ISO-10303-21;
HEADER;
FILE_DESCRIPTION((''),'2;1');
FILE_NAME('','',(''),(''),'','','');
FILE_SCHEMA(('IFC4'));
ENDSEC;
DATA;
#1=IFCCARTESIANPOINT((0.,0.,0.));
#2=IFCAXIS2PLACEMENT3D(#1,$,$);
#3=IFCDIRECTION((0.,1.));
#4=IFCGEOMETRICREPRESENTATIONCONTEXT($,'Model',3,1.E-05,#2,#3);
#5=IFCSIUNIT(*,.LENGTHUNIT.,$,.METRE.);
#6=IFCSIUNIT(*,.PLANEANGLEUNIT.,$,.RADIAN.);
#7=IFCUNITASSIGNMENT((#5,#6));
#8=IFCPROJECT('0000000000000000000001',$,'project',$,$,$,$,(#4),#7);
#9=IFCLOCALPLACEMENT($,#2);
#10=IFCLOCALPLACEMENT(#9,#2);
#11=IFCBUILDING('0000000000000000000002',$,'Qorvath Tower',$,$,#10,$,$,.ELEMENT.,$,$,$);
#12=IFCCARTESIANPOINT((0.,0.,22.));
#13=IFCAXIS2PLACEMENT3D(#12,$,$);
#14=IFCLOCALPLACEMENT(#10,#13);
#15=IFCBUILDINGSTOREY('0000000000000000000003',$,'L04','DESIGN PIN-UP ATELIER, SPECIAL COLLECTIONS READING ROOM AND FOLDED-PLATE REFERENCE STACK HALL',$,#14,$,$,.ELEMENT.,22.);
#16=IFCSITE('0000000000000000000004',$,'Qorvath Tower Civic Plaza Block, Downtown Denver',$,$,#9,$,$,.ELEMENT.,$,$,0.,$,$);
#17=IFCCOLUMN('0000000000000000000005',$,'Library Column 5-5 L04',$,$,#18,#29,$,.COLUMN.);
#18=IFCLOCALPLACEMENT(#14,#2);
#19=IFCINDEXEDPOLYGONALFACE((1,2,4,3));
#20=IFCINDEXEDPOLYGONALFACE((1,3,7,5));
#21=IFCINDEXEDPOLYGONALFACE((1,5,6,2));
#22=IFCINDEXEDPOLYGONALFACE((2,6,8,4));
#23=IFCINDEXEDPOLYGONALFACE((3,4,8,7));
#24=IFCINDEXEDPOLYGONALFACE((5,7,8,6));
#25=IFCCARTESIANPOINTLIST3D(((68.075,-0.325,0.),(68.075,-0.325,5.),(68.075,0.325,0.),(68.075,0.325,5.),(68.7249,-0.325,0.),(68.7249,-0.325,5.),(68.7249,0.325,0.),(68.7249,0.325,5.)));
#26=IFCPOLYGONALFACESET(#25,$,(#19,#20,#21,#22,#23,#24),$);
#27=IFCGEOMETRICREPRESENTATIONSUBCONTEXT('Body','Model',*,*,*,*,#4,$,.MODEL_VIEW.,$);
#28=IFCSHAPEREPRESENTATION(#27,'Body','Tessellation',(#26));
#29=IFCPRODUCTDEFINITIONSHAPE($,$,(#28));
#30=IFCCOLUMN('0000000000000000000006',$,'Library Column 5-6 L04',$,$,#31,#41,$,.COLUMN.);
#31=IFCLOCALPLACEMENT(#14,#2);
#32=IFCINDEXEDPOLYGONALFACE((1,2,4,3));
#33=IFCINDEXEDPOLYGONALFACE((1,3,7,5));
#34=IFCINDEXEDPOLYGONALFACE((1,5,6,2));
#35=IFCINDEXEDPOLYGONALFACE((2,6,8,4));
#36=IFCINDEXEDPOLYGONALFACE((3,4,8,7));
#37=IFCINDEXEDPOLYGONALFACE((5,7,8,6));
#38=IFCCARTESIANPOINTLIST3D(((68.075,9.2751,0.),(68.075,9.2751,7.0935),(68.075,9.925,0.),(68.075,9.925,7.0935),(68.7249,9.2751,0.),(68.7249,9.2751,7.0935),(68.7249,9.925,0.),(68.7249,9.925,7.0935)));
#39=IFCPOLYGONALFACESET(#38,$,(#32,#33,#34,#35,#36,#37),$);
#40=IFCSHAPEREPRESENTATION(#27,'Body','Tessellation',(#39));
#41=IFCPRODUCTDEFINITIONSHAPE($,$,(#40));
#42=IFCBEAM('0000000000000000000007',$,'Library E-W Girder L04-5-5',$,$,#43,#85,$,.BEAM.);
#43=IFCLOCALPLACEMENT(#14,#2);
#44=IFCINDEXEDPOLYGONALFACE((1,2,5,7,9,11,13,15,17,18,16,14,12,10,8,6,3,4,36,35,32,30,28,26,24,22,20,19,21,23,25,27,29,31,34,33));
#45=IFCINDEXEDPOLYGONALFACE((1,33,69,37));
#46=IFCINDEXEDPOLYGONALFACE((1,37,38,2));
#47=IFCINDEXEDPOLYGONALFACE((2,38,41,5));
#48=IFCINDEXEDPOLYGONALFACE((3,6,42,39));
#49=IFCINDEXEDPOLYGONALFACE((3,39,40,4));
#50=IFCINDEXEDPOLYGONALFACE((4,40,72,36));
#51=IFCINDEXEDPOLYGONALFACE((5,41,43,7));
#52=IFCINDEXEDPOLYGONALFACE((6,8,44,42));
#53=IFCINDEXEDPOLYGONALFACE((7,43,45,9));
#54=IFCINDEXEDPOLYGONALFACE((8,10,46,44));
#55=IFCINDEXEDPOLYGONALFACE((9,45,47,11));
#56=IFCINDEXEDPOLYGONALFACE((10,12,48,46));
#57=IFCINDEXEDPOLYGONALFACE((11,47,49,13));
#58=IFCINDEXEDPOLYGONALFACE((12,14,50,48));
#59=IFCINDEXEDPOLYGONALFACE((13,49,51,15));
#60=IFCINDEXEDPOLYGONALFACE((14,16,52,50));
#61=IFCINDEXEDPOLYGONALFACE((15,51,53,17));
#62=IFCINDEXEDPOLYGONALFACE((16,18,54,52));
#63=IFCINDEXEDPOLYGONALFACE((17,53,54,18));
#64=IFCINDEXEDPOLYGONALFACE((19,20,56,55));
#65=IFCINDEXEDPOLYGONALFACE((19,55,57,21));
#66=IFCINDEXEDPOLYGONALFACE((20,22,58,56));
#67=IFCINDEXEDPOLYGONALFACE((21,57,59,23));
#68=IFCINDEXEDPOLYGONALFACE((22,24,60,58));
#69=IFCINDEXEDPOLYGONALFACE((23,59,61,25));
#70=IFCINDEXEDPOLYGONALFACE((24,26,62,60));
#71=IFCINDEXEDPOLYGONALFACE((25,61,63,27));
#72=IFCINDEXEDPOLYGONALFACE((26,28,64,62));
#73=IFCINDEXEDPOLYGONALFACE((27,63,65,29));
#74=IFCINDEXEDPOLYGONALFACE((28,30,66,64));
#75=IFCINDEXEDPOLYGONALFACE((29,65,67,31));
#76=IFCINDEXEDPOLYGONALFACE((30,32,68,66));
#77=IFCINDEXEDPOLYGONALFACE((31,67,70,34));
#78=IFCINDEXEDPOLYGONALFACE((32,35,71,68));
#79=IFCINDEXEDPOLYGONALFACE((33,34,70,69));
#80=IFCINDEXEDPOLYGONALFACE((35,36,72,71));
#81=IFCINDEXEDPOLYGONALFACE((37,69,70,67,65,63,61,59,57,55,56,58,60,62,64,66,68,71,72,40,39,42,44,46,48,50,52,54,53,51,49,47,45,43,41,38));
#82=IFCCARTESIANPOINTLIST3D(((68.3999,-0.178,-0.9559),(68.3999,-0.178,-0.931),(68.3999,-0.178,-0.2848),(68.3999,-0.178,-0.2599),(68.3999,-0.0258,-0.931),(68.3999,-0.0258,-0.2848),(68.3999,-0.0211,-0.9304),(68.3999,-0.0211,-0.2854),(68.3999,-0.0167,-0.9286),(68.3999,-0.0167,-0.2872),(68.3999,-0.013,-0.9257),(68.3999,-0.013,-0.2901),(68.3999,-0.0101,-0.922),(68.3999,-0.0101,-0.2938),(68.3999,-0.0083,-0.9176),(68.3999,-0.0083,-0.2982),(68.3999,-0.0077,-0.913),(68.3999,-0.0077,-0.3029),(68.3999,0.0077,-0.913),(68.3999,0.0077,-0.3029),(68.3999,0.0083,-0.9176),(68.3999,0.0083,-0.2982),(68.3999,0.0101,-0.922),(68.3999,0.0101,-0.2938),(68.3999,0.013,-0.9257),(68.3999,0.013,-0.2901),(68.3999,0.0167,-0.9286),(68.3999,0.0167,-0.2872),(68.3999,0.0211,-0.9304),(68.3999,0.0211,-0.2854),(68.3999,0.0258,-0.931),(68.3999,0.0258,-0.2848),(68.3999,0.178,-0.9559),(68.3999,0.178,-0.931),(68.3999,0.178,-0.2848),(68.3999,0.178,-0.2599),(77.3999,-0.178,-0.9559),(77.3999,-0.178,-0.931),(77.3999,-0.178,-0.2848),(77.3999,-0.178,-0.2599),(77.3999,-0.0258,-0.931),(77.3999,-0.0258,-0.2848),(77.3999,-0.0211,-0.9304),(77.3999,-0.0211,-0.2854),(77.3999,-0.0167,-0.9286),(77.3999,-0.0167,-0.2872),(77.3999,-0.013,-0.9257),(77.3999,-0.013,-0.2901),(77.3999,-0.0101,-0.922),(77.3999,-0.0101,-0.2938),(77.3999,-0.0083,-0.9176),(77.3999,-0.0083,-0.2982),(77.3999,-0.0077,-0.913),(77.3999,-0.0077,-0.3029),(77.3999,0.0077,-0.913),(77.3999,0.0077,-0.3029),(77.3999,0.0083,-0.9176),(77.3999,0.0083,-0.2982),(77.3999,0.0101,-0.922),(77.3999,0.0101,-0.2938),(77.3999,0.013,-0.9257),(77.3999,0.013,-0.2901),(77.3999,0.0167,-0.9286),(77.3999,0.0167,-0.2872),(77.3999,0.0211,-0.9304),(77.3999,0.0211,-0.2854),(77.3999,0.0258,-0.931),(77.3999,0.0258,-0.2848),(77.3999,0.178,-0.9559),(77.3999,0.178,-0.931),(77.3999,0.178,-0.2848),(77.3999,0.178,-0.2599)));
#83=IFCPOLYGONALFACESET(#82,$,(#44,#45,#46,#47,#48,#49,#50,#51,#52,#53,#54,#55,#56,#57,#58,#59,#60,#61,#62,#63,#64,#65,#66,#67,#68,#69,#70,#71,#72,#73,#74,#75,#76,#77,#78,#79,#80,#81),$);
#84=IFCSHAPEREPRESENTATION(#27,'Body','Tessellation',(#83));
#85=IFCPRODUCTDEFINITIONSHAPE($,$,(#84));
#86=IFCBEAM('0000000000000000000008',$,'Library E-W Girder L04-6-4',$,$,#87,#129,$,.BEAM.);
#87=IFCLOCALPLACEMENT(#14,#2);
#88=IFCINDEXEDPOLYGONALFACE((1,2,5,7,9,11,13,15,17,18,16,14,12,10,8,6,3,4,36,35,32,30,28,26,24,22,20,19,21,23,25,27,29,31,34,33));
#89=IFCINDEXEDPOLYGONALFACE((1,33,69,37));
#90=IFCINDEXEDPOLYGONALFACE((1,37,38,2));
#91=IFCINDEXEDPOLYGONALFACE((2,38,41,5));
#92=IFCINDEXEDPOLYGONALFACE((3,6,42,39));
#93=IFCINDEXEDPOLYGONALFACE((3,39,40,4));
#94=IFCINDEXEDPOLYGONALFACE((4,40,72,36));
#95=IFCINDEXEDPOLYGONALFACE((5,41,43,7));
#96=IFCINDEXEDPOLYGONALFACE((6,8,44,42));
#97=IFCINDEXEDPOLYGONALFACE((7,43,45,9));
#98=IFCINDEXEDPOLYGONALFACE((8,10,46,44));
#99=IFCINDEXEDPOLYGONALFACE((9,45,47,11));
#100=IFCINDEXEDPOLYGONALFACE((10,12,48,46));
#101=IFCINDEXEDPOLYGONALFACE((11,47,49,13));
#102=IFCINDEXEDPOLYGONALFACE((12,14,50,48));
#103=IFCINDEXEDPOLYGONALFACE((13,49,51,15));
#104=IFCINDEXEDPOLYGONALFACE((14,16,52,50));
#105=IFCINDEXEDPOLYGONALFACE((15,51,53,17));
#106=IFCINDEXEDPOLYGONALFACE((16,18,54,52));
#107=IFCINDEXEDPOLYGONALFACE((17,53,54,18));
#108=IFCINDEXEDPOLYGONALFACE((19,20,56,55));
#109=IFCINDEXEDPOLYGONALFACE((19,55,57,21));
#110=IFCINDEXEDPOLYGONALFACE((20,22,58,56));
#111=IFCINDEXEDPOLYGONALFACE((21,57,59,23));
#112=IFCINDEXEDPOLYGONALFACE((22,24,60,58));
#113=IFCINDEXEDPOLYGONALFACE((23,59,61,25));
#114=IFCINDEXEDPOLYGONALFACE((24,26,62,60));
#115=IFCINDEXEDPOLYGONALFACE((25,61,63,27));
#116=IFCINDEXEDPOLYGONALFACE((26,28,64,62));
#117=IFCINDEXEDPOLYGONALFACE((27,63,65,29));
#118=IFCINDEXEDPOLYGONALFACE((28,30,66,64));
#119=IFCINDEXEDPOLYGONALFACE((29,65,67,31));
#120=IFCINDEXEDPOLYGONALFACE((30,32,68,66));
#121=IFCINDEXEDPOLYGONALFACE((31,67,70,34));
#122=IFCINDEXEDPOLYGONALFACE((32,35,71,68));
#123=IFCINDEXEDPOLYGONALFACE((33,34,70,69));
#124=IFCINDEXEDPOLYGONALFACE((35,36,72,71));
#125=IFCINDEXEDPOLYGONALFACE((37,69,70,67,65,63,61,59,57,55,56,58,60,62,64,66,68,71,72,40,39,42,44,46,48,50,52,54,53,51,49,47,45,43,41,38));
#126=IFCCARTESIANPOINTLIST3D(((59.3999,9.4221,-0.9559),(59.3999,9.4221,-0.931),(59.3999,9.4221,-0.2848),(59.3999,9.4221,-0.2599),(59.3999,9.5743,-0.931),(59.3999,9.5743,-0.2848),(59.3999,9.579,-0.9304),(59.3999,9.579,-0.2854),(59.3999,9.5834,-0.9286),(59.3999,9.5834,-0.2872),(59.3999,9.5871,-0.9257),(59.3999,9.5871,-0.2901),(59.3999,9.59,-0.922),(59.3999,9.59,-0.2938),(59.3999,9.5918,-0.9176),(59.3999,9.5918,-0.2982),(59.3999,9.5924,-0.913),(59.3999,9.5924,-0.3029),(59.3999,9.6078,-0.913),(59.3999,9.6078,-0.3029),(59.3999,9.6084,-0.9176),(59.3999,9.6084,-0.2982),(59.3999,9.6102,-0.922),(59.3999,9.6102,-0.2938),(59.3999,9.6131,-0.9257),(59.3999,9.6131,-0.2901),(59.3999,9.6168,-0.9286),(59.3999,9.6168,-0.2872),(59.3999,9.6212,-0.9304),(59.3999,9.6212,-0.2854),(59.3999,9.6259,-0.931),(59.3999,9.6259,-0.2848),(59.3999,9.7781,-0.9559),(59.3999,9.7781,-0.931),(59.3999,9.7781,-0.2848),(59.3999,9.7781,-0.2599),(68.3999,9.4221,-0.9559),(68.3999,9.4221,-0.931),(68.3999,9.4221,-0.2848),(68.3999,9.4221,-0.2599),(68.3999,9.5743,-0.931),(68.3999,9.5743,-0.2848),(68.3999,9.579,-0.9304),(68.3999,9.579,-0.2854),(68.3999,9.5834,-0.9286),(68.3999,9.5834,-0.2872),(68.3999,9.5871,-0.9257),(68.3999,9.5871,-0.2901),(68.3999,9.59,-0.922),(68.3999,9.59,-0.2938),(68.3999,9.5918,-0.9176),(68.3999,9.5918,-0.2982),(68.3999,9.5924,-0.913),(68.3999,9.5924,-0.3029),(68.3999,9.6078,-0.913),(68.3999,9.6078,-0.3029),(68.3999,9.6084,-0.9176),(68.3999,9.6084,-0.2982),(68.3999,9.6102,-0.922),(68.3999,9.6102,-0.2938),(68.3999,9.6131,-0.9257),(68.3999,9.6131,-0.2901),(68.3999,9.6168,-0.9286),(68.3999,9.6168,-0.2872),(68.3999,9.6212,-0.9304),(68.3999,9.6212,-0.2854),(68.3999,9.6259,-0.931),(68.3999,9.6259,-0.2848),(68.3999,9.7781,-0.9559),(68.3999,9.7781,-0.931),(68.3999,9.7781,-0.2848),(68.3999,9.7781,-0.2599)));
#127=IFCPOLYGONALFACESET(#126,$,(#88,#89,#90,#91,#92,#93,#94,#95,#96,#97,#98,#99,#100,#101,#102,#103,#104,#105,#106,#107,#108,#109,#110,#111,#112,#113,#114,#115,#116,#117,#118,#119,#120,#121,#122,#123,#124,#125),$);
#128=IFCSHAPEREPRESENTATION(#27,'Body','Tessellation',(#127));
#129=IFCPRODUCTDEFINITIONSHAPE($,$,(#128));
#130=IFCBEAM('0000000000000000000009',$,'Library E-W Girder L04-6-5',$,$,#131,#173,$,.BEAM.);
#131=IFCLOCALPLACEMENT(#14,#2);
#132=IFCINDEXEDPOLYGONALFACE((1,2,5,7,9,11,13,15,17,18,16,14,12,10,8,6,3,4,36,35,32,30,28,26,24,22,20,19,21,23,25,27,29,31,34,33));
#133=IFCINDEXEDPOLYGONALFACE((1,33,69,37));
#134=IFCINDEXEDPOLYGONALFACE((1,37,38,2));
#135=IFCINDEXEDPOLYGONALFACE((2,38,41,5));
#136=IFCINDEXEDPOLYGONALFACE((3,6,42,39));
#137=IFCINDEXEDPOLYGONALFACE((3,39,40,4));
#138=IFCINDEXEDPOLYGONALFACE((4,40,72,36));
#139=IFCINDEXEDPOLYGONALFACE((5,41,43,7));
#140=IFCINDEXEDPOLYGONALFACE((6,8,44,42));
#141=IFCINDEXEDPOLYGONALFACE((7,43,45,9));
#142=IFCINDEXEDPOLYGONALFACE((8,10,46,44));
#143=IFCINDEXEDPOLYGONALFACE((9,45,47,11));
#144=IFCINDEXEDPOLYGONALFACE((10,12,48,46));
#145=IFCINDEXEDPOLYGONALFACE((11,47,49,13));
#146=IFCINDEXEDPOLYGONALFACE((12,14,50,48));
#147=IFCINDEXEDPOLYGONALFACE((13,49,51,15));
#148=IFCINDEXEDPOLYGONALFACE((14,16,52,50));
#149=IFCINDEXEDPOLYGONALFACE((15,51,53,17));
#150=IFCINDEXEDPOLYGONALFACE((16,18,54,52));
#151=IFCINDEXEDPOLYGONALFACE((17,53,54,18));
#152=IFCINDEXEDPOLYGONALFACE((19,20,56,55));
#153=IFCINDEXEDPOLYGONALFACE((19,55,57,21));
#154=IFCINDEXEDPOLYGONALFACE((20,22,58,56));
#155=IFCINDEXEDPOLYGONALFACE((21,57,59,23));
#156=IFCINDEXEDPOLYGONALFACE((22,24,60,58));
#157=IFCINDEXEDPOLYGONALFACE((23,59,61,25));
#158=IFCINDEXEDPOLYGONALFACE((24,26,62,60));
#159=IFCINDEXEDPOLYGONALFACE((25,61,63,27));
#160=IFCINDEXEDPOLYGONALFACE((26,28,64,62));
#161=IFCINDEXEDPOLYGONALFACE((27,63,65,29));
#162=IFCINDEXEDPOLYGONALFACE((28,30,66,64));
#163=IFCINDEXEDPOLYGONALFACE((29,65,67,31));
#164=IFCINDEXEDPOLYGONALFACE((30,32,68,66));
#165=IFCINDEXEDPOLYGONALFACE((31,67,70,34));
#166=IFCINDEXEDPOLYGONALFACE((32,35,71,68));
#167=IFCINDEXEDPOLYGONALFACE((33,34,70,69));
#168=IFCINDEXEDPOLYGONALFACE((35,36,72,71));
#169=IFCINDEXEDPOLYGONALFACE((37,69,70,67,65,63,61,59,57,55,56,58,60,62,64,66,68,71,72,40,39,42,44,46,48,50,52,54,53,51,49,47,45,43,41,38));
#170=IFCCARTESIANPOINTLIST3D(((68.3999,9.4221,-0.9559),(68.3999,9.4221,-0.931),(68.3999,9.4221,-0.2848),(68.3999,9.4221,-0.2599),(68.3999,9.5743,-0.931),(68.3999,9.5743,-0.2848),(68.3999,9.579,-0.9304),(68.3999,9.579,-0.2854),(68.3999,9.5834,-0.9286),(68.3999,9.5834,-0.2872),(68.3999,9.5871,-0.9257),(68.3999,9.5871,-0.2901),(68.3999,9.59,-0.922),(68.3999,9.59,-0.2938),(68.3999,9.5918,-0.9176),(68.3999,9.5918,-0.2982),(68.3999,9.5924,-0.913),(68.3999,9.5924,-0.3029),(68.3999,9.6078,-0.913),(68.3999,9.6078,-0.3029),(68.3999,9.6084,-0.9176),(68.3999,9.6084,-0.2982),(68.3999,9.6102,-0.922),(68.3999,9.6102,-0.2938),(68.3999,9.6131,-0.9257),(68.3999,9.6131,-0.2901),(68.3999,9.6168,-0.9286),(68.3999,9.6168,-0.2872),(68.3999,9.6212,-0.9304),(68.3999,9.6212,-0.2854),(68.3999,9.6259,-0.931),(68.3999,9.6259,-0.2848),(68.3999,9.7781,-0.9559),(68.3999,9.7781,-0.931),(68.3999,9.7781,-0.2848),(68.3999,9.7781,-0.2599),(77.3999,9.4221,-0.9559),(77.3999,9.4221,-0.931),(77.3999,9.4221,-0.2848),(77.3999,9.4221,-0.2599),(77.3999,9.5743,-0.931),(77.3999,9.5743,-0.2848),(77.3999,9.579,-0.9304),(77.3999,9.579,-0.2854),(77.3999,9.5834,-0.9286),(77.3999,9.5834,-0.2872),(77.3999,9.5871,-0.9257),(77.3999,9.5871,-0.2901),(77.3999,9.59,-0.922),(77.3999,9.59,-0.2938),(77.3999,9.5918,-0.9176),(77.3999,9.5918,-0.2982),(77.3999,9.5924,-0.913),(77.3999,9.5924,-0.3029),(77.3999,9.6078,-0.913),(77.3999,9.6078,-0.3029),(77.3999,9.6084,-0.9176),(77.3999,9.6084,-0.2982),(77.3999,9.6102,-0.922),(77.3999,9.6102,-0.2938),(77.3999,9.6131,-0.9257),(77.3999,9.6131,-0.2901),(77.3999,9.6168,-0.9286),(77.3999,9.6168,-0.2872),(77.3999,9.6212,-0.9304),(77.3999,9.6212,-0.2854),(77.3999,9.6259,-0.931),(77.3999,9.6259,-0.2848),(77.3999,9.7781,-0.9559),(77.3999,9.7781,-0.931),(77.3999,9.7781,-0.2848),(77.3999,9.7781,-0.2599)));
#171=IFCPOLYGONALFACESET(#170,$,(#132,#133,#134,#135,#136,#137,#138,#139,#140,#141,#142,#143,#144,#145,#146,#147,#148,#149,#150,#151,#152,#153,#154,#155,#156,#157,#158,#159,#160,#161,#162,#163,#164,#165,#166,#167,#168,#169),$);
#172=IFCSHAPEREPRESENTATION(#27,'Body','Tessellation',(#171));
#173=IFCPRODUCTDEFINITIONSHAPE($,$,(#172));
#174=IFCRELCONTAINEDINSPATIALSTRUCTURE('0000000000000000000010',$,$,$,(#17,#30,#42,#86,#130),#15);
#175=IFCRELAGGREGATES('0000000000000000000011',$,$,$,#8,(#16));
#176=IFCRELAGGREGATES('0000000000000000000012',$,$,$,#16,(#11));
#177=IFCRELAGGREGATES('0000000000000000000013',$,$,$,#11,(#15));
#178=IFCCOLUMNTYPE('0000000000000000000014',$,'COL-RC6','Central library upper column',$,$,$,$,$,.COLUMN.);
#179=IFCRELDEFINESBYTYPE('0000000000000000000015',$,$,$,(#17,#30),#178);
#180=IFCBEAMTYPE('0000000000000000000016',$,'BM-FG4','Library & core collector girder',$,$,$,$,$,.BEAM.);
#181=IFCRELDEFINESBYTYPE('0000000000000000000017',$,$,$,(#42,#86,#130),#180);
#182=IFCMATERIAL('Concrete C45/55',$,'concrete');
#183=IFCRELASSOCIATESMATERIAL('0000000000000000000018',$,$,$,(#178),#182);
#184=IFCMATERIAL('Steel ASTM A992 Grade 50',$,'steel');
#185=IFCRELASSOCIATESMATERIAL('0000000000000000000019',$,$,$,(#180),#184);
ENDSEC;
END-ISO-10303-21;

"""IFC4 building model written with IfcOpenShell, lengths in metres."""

from ifc_helpers import new_model, si_unit, direction, frame, origin, origin_2d, place, context, subcontext, project, spatial, rectangle, i_section, extrude, material, material_profile, profile_set, type_object, element, save


model = new_model("IFC4")

# Units and contexts
model_context = context("Model", 3, precision=1e-05, world=origin(), true_north=direction((0.0, 1.0)))
body_context = subcontext(model_context, "Body", "Model", "MODEL_VIEW")
ifc_project = project(units=[si_unit("LENGTHUNIT", "METRE"), si_unit("PLANEANGLEUNIT", "RADIAN")], contexts=[model_context])

# Site, building, storey
site_placement = place(None, origin())
site = spatial("IfcSite", under=ifc_project, at=site_placement, Name="Qorvath Tower Civic Plaza Block, Downtown Denver", CompositionType="ELEMENT", RefElevation=0.0)
building_placement = place(site_placement, origin())
building = spatial("IfcBuilding", under=site, at=building_placement, Name="Qorvath Tower", CompositionType="ELEMENT")
storey_placement = place(building_placement, frame((0.0, 0.0, 22.0)))
storey = spatial("IfcBuildingStorey", under=building, at=storey_placement, Name="L04", Description="DESIGN PIN-UP ATELIER, SPECIAL COLLECTIONS READING ROOM AND FOLDED-PLATE REFERENCE STACK HALL", CompositionType="ELEMENT", Elevation=22.0)

# Columns
ifc_material_1 = material(Name="Concrete C45/55", Category="concrete")
ifc_material_profile_1 = material_profile(ifc_material_1, rectangle(XDim=0.6499, YDim=0.6499, at=origin_2d()), Name="RC 650x650")
ifc_profile_set_1 = profile_set([ifc_material_profile_1], Name="Concrete C45/55")
column_type = type_object("IfcColumnType", Name="COL-RC6", Description="Central library upper column", PredefinedType="COLUMN", material=ifc_profile_set_1)
column_1_placement = place(storey_placement, frame((68.3999, 0.0, 0.0), z_axis=(0.0, 0.0, 1.0), x_axis=(1.0, 0.0, 0.0)))
element("IfcColumn", 1, at=column_1_placement, inside=storey, type_object=column_type, Name="Library Column 5-5 L04", PredefinedType="COLUMN", context=body_context, shape_type="SweptSolid", body=[
    extrude(rectangle(XDim=0.6499, YDim=0.6499, at=origin_2d()), origin(), (0.0, 0.0, 1.0), 5.0),
])
column_2_placement = place(storey_placement, frame((68.3999, 9.6001, 0.0), z_axis=(0.0, 0.0, 1.0), x_axis=(1.0, 0.0, 0.0)))
element("IfcColumn", 2, at=column_2_placement, inside=storey, type_object=column_type, Name="Library Column 5-6 L04", PredefinedType="COLUMN", context=body_context, shape_type="SweptSolid", body=[
    extrude(rectangle(XDim=0.6499, YDim=0.6499, at=origin_2d()), origin(), (0.0, 0.0, 1.0), 7.0935),
])

# Beams
ifc_material_2 = material(Name="Steel ASTM A992 Grade 50", Category="steel")
ifc_material_profile_2 = material_profile(ifc_material_2, i_section(OverallWidth=0.356, OverallDepth=0.696, WebThickness=0.0154, FlangeThickness=0.0249, FilletRadius=0.0181, at=origin_2d()), Name="W27x146")
ifc_profile_set_2 = profile_set([ifc_material_profile_2], Name="Steel ASTM A992 Grade 50")
beam_type_1 = type_object("IfcBeamType", Name="BM-FG4", Description="Library & core collector girder", PredefinedType="BEAM", material=ifc_profile_set_2)
for number, where, z_axis, x_axis, name in (
    (3, (68.3999, 0.0, -0.6079), (1.0, 0.0, 0.0), (0.0, 1.0, 0.0), "Library E-W Girder L04-5-5"),
    (4, (59.3999, 9.6001, -0.6079), (1.0, 0.0, 0.0), (0.0, 1.0, 0.0), "Library E-W Girder L04-6-4"),
    (5, (68.3999, 9.6001, -0.6079), (1.0, 0.0, 0.0), (0.0, 1.0, 0.0), "Library E-W Girder L04-6-5"),
):
    element("IfcBeam", number, at=place(storey_placement, frame(where, z_axis=z_axis, x_axis=x_axis)), inside=storey, type_object=beam_type_1, Name=name, PredefinedType="BEAM", context=body_context, shape_type="SweptSolid", body=[
        extrude(i_section(OverallWidth=0.356, OverallDepth=0.696, WebThickness=0.0154, FlangeThickness=0.0249, FilletRadius=0.0181, at=origin_2d()), origin(), (0.0, 0.0, 1.0), 9.0),
    ])

save(model, "model.ifc")
